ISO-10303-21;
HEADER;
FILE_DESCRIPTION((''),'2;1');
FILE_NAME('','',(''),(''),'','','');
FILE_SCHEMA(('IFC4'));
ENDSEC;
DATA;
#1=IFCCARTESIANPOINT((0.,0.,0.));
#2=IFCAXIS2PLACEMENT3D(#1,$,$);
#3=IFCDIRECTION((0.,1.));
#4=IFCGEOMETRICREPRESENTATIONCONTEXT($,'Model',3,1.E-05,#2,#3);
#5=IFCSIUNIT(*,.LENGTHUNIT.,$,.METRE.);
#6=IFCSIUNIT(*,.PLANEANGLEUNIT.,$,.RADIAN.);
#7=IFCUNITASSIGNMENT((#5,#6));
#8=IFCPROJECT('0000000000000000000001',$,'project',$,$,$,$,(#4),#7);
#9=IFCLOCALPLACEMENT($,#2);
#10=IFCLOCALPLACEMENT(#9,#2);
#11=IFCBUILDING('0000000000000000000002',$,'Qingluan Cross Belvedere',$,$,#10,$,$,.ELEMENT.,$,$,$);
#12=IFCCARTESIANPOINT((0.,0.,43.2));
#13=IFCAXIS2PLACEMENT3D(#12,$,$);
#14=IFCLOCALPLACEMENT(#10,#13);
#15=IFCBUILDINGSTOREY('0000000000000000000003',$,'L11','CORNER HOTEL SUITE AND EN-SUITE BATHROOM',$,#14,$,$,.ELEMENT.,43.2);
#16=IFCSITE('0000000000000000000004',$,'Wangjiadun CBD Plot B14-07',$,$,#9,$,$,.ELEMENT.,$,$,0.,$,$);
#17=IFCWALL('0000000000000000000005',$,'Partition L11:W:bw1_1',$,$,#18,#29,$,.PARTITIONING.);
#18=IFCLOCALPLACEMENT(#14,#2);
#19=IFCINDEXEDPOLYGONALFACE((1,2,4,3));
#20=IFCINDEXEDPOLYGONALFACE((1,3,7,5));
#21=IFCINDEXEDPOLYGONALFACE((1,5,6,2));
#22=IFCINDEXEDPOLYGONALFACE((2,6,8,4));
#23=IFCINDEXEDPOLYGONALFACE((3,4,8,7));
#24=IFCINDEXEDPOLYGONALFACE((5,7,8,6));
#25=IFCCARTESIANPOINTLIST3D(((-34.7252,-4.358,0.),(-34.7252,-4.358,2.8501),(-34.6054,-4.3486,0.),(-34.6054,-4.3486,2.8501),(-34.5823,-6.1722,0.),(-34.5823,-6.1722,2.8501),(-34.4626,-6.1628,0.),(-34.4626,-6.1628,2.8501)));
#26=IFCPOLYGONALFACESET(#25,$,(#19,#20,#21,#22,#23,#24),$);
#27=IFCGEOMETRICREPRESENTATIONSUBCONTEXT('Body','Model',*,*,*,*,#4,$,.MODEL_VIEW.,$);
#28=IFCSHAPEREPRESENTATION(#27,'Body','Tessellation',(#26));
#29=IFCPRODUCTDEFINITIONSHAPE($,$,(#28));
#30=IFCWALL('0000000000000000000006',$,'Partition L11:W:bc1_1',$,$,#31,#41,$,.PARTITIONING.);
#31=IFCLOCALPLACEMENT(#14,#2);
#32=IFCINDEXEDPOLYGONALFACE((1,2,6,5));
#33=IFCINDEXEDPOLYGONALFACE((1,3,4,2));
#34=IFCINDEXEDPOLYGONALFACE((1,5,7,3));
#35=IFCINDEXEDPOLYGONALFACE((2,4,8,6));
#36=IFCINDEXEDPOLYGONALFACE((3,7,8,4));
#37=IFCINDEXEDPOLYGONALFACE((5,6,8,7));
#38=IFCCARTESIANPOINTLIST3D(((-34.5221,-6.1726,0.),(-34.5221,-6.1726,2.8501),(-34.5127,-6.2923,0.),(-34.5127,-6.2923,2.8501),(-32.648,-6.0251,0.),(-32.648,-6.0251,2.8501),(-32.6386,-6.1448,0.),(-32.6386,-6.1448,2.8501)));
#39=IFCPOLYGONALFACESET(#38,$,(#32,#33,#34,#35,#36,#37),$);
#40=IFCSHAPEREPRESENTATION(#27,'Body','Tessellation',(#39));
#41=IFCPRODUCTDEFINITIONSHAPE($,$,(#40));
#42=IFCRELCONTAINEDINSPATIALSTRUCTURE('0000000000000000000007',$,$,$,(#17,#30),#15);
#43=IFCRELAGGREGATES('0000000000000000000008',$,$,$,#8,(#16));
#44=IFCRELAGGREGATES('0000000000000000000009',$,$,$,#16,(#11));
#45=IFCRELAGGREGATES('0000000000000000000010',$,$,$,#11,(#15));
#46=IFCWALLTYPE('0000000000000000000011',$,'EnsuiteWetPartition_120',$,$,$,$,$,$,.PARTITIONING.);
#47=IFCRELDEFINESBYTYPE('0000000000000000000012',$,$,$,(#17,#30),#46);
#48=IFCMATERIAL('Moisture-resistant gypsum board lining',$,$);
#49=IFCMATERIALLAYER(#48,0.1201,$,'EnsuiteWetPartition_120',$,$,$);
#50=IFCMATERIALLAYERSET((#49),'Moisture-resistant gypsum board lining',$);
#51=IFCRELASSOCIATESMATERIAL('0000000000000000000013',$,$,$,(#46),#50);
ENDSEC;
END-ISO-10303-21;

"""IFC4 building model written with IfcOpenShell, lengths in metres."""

from ifc_helpers import new_model, si_unit, direction, frame, frame_2d, origin, place, context, subcontext, project, spatial, rectangle, extrude, material, layer, layer_set, type_object, element, save


model = new_model("IFC4")

# Units and contexts
model_context = context("Model", 3, precision=1e-05, world=origin(), true_north=direction((0.0, 1.0)))
body_context = subcontext(model_context, "Body", "Model", "MODEL_VIEW")
ifc_project = project(units=[si_unit("LENGTHUNIT", "METRE"), si_unit("PLANEANGLEUNIT", "RADIAN")], contexts=[model_context])

# Site, building, storey
site_placement = place(None, origin())
site = spatial("IfcSite", under=ifc_project, at=site_placement, Name="Wangjiadun CBD Plot B14-07", CompositionType="ELEMENT", RefElevation=0.0)
building_placement = place(site_placement, origin())
building = spatial("IfcBuilding", under=site, at=building_placement, Name="Qingluan Cross Belvedere", CompositionType="ELEMENT")
storey_placement = place(building_placement, frame((0.0, 0.0, 43.2)))
storey = spatial("IfcBuildingStorey", under=building, at=storey_placement, Name="L11", Description="CORNER HOTEL SUITE AND EN-SUITE BATHROOM", CompositionType="ELEMENT", Elevation=43.2)

# Shared definitions
ifc_material_1 = material(Name="Moisture-resistant gypsum board lining")
ifc_layer_1 = layer(ifc_material_1, 0.1201, Name="EnsuiteWetPartition_120")
ifc_layer_set_1 = layer_set([ifc_layer_1], Name="Moisture-resistant gypsum board lining")
wall_type_1 = type_object("IfcWallType", Name="EnsuiteWetPartition_120", PredefinedType="PARTITIONING", material=ifc_layer_set_1)

# Walls
wall_1_placement = place(storey_placement, frame((-34.5225, -6.1675, 0.0), z_axis=(0.0, 0.0, 1.0), x_axis=(-0.078481, 0.996916, 0.0)))
element("IfcWall", 1, at=wall_1_placement, inside=storey, type_object=wall_type_1, Name="Partition L11:W:bw1_1", PredefinedType="PARTITIONING", context=body_context, shape_type="SweptSolid", body=[
    extrude(rectangle(XDim=1.8198, YDim=0.1201, at=frame_2d((0.9099, 0.0))), origin(), (0.0, 0.0, 1.0), 2.8501),
])
wall_2_placement = place(storey_placement, frame((-32.6433, -6.085, 0.0), z_axis=(0.0, 0.0, 1.0), x_axis=(-0.996918, -0.078444, 0.0)))
element("IfcWall", 2, at=wall_2_placement, inside=storey, type_object=wall_type_1, Name="Partition L11:W:bc1_1", PredefinedType="PARTITIONING", context=body_context, shape_type="SweptSolid", body=[
    extrude(rectangle(XDim=1.8799, YDim=0.1201, at=frame_2d((0.9399, 0.0))), origin(), (0.0, 0.0, 1.0), 2.8501),
])

save(model, "model.ifc")
